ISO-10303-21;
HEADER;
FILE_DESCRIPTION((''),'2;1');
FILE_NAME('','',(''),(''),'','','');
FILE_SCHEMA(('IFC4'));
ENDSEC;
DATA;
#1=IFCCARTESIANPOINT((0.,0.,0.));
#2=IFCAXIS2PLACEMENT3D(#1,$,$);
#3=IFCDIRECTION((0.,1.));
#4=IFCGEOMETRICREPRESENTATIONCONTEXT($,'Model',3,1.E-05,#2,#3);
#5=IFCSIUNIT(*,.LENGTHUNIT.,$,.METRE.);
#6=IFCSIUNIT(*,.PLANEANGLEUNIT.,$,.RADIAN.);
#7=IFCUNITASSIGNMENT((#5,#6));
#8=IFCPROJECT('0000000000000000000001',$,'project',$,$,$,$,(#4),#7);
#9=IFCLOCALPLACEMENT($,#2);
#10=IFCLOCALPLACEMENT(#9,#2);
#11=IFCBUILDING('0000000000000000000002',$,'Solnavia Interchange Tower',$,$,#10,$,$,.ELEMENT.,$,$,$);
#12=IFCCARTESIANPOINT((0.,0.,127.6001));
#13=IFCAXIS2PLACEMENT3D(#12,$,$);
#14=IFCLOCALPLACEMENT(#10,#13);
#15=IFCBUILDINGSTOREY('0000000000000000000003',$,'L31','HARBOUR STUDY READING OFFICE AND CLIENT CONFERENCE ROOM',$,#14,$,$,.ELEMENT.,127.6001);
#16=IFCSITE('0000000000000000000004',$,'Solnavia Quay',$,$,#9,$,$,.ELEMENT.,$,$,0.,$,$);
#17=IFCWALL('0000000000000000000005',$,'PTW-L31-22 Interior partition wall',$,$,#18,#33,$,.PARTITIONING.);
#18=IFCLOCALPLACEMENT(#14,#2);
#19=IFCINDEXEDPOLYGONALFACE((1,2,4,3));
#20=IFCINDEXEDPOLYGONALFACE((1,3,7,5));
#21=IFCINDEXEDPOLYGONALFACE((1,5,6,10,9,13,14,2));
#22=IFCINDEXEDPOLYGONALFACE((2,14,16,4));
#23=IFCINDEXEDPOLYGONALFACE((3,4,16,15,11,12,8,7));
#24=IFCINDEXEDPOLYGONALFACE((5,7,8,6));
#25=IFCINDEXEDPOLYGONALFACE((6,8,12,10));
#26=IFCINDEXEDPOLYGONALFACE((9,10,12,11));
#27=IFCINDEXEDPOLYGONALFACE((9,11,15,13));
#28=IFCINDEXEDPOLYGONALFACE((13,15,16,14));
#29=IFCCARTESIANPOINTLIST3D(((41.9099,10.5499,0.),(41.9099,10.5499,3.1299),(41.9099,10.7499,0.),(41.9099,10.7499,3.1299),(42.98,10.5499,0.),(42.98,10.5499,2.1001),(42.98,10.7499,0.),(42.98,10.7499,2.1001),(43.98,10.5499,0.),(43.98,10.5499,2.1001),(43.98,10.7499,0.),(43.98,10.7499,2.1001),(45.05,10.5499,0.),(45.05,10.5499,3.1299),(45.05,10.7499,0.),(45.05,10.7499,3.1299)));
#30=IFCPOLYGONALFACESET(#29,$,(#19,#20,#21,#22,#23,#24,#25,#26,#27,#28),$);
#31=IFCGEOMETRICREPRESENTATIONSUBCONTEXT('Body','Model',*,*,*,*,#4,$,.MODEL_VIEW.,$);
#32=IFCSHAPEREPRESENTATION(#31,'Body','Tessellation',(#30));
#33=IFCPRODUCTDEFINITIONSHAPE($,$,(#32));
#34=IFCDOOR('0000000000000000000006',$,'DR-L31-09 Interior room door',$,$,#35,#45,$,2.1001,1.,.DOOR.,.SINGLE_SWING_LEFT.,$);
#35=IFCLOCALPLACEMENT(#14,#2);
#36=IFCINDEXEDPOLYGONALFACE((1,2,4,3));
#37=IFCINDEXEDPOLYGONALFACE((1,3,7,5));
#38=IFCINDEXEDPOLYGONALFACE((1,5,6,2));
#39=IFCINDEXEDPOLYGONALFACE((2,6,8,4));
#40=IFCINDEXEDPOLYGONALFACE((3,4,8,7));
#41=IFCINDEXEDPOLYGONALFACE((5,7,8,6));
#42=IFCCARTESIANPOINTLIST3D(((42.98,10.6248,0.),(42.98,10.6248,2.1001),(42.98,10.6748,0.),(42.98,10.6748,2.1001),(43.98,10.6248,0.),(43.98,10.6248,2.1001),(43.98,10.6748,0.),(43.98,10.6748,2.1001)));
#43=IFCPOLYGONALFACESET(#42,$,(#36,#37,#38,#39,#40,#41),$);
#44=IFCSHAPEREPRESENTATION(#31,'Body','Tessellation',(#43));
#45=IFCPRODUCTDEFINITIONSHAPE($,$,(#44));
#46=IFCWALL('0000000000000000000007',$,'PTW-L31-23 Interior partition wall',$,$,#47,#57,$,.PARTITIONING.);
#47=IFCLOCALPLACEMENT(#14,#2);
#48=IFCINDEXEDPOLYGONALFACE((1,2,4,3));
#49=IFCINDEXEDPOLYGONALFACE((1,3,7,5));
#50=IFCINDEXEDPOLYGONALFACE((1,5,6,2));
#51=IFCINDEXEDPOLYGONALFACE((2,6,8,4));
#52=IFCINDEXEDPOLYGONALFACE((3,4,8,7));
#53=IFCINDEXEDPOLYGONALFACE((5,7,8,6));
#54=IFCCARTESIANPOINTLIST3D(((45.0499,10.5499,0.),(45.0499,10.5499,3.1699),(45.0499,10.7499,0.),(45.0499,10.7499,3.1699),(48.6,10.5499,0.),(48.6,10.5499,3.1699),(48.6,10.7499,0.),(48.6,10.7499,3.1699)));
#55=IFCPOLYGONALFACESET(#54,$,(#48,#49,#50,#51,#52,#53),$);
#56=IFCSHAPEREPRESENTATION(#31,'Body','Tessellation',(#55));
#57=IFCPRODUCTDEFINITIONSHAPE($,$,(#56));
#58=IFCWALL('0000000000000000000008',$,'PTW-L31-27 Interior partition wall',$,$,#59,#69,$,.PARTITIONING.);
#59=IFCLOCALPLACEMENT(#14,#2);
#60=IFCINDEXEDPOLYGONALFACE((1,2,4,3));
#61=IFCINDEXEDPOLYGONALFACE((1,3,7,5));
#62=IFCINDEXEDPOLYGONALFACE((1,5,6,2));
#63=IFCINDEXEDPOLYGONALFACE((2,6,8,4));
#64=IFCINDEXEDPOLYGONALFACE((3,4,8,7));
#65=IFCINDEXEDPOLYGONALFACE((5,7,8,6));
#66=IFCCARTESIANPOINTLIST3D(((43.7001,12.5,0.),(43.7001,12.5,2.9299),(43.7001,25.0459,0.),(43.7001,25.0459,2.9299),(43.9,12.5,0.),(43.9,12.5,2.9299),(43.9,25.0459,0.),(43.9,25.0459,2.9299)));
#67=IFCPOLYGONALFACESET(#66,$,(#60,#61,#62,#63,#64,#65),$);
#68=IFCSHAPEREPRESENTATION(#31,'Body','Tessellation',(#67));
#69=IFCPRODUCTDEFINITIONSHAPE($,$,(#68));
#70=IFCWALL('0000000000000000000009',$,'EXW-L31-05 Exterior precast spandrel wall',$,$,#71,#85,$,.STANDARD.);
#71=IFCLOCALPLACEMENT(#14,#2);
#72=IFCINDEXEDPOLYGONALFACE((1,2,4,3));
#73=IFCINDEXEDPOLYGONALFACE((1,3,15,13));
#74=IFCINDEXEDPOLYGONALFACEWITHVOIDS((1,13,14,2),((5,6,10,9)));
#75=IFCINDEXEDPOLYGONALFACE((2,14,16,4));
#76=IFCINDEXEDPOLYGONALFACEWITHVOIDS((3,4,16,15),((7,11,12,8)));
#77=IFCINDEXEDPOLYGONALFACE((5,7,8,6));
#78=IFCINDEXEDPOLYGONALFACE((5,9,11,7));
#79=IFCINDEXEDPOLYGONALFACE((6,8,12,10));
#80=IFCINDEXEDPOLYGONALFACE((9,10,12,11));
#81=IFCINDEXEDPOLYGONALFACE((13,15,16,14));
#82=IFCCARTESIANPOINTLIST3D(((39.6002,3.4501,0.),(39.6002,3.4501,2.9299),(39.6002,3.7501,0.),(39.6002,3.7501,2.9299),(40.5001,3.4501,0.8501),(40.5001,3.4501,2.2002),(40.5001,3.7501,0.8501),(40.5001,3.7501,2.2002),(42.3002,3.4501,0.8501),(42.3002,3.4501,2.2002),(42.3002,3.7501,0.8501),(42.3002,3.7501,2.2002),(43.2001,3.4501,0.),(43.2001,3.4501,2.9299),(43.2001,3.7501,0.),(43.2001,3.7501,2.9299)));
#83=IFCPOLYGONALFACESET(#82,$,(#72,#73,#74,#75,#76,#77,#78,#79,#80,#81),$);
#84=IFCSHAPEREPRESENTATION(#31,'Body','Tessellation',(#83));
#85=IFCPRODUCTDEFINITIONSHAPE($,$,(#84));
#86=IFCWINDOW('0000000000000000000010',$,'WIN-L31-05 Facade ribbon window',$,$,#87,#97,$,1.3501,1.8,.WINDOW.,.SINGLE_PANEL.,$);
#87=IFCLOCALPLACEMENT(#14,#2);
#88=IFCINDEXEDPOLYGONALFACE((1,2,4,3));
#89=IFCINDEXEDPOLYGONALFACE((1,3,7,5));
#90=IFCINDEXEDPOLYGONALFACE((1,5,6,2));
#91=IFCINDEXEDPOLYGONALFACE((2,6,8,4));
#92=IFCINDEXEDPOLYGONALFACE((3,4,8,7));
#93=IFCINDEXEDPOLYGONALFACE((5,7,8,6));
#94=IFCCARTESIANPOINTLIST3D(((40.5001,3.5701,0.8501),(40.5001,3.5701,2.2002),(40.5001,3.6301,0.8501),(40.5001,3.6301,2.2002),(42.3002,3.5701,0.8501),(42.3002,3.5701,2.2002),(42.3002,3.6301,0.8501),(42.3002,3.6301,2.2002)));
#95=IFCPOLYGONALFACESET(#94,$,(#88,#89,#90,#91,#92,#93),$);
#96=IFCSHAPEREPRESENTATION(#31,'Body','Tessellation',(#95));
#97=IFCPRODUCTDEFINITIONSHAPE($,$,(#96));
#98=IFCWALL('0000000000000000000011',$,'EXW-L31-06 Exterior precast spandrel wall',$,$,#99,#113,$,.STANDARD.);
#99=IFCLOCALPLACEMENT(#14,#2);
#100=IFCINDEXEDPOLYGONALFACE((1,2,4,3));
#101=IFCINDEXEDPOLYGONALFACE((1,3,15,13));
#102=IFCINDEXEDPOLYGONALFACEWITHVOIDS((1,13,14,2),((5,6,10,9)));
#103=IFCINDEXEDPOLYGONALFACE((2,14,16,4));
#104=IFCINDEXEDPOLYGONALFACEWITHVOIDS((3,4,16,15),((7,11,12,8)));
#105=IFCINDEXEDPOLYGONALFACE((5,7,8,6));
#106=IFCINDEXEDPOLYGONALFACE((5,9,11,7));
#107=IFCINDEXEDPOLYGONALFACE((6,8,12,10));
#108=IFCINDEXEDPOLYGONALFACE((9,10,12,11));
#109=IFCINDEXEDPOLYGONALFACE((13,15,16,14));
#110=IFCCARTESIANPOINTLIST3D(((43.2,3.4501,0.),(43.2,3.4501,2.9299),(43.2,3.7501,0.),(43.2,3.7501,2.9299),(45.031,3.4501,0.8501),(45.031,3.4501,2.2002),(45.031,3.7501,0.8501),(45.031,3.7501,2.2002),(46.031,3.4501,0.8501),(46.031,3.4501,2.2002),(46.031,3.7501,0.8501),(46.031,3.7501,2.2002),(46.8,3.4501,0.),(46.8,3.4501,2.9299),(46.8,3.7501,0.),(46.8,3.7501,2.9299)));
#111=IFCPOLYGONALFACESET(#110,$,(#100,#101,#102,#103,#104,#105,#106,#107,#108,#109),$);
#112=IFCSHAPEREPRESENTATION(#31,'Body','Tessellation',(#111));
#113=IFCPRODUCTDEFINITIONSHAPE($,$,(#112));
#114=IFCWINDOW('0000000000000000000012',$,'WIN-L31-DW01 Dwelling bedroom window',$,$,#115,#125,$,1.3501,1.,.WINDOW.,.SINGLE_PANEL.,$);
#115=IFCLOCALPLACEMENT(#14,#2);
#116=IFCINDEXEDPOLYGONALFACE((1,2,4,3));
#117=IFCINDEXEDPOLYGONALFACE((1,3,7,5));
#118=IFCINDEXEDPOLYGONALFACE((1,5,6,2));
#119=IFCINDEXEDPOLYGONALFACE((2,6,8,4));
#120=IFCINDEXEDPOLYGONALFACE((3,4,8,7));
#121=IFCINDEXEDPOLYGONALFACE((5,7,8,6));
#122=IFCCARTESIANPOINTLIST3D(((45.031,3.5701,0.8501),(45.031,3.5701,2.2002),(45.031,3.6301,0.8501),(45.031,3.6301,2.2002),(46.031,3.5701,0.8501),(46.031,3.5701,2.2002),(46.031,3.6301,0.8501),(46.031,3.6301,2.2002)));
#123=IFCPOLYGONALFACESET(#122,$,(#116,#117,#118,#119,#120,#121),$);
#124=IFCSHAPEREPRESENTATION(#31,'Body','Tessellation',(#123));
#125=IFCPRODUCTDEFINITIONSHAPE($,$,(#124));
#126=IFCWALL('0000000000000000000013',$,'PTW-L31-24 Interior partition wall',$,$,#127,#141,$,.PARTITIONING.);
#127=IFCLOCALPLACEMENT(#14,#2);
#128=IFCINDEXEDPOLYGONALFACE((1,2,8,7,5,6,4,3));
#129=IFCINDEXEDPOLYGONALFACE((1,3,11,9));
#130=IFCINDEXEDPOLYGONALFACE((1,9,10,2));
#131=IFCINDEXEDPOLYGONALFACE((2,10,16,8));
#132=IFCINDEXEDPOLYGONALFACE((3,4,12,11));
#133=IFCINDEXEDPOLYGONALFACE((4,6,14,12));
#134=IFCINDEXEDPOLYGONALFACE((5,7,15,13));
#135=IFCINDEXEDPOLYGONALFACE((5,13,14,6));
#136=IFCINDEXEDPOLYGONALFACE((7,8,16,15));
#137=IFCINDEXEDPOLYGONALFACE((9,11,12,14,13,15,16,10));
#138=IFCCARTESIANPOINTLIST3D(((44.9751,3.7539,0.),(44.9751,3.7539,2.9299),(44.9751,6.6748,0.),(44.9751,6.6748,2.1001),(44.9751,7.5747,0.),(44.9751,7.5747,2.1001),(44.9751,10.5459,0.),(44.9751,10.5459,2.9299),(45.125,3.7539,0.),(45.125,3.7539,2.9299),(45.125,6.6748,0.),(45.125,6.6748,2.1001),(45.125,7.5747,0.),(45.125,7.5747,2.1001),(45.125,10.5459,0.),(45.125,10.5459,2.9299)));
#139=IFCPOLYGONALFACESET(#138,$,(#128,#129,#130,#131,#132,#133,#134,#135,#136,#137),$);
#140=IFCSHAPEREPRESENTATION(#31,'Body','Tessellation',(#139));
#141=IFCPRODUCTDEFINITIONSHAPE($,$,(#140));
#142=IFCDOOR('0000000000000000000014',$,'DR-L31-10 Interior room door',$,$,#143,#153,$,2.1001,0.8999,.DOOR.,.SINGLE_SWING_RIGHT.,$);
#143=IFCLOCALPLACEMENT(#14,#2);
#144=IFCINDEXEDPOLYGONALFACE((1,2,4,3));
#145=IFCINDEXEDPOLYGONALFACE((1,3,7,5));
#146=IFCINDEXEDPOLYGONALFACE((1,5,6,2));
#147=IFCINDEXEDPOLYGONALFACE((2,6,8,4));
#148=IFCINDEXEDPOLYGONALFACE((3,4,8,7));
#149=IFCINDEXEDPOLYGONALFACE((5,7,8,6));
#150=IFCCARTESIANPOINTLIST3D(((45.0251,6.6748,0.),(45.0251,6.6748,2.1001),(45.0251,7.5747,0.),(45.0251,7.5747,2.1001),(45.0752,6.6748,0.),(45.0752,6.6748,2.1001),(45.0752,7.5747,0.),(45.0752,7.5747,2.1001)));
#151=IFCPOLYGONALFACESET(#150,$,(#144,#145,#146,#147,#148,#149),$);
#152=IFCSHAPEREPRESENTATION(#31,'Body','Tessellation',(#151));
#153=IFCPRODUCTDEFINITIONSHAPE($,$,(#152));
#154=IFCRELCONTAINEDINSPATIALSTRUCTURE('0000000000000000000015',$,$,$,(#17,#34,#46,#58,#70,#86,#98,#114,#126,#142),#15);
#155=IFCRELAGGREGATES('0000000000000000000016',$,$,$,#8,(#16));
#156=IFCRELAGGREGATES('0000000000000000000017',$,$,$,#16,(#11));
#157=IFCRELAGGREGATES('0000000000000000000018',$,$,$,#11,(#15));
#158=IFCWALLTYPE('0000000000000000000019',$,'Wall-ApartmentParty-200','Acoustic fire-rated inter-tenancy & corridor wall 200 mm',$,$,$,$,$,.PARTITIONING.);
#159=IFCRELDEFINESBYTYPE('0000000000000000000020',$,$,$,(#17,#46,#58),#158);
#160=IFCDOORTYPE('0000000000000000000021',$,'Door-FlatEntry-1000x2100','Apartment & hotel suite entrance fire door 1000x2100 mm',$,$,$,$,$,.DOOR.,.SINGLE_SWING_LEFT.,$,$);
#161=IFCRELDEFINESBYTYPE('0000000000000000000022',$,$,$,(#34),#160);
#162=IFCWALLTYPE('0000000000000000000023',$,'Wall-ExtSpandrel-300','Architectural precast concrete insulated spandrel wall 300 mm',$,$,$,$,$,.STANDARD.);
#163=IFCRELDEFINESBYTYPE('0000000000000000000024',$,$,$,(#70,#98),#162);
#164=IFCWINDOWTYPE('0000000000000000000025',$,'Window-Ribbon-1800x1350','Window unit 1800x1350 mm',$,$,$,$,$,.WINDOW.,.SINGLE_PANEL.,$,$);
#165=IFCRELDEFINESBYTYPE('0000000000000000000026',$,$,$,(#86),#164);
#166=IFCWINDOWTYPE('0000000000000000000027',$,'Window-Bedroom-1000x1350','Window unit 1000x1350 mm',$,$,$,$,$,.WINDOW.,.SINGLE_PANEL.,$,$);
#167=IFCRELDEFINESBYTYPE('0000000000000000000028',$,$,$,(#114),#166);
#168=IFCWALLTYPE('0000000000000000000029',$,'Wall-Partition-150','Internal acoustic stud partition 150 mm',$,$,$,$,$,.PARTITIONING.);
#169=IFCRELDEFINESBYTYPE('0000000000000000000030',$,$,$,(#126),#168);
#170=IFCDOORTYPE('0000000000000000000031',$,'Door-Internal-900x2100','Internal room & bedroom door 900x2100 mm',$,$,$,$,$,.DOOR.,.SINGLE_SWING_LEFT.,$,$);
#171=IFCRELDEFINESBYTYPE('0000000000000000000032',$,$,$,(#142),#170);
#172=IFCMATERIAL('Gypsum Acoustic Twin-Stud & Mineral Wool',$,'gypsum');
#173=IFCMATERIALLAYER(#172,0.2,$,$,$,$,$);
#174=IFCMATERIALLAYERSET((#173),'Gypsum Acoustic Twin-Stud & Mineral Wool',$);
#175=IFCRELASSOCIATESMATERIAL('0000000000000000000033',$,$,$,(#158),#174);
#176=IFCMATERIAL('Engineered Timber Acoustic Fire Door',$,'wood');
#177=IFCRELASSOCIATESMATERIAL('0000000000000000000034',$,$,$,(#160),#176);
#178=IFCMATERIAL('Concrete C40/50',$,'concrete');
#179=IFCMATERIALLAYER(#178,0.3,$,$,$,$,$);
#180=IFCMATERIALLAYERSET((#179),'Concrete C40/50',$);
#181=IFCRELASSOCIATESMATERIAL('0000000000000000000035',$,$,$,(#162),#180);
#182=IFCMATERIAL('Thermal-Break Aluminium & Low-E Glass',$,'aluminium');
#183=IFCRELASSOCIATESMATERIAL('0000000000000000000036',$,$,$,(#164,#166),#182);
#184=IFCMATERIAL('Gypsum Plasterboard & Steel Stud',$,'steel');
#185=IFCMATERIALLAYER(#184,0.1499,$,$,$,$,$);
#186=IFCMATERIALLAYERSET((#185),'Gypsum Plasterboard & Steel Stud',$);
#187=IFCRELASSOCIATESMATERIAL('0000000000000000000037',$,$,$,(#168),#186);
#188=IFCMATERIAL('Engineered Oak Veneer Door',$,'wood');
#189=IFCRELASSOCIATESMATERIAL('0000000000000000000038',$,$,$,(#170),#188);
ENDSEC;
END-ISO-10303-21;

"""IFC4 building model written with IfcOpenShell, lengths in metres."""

from ifc_helpers import new_model, si_unit, direction, frame, frame_2d, origin, place, context, subcontext, project, spatial, rectangle, extrude, material, layer, layer_set, type_object, element, fill, save


model = new_model("IFC4")

# Units and contexts
model_context = context("Model", 3, precision=1e-05, world=origin(), true_north=direction((0.0, 1.0)))
body_context = subcontext(model_context, "Body", "Model", "MODEL_VIEW")
ifc_project = project(units=[si_unit("LENGTHUNIT", "METRE"), si_unit("PLANEANGLEUNIT", "RADIAN")], contexts=[model_context])

# Site, building, storey
site_placement = place(None, origin())
site = spatial("IfcSite", under=ifc_project, at=site_placement, Name="Solnavia Quay", CompositionType="ELEMENT", RefElevation=0.0)
building_placement = place(site_placement, origin())
building = spatial("IfcBuilding", under=site, at=building_placement, Name="Solnavia Interchange Tower", CompositionType="ELEMENT")
storey_placement = place(building_placement, frame((0.0, 0.0, 127.6001)))
storey = spatial("IfcBuildingStorey", under=building, at=storey_placement, Name="L31", Description="HARBOUR STUDY READING OFFICE AND CLIENT CONFERENCE ROOM", CompositionType="ELEMENT", Elevation=127.6001)

# Shared definitions
ifc_material_1 = material(Name="Gypsum Acoustic Twin-Stud & Mineral Wool", Category="gypsum")
ifc_layer_1 = layer(ifc_material_1, 0.2)
ifc_layer_set_1 = layer_set([ifc_layer_1], Name="Gypsum Acoustic Twin-Stud & Mineral Wool")
wall_type_1 = type_object("IfcWallType", Name="Wall-ApartmentParty-200", Description="Acoustic fire-rated inter-tenancy & corridor wall 200 mm", PredefinedType="PARTITIONING", material=ifc_layer_set_1)

# Wall, opening, door
wall_1_placement = place(storey_placement, frame((41.9099, 10.6499, 0.0), z_axis=(0.0, 0.0, 1.0), x_axis=(1.0, 0.0, 0.0)))
wall_1 = element("IfcWall", 1, at=wall_1_placement, inside=storey, type_object=wall_type_1, Name="PTW-L31-22 Interior partition wall", PredefinedType="PARTITIONING", context=body_context, shape_type="SweptSolid", body=[
    extrude(rectangle(XDim=3.1401, YDim=0.2, at=frame_2d((1.5701, 0.0))), origin(), (0.0, 0.0, 1.0), 3.1299),
])
opening_1_placement = place(wall_1_placement, frame((1.0701, 0.0, 0.0)))
opening_1 = element("IfcOpeningElement", 2, at=opening_1_placement, cuts=wall_1, PredefinedType="OPENING", context=body_context, shape_type="SweptSolid", body=[
    extrude(rectangle(XDim=1.0, YDim=2.1001, at=frame_2d((0.5, 1.05))), frame((0.0, 0.1099, 0.0), z_axis=(0.0, -1.0, 0.0), x_axis=(1.0, 0.0, 0.0)), (0.0, 0.0, 1.0), 0.22),
])
ifc_material_2 = material(Name="Engineered Timber Acoustic Fire Door", Category="wood")
door_type_1 = type_object("IfcDoorType", Name="Door-FlatEntry-1000x2100", Description="Apartment & hotel suite entrance fire door 1000x2100 mm", OperationType="SINGLE_SWING_LEFT", PredefinedType="DOOR", material=ifc_material_2)
door_1_placement = place(opening_1_placement, origin())
door_1 = element("IfcDoor", 3, at=door_1_placement, inside=storey, type_object=door_type_1, Name="DR-L31-09 Interior room door", OperationType="SINGLE_SWING_LEFT", OverallHeight=2.1001, OverallWidth=1.0, PredefinedType="DOOR", context=body_context, shape_type="SweptSolid", body=[
    extrude(rectangle(XDim=1.0, YDim=2.1001, at=frame_2d((0.5, 1.05))), frame((0.0, 0.0249, 0.0), z_axis=(0.0, -1.0, 0.0), x_axis=(1.0, 0.0, 0.0)), (0.0, 0.0, 1.0), 0.05),
])
fill(opening_1, door_1)

# Walls
wall_2_placement = place(storey_placement, frame((45.05, 10.6499, 0.0), z_axis=(0.0, 0.0, 1.0), x_axis=(1.0, 0.0, 0.0)))
element("IfcWall", 4, at=wall_2_placement, inside=storey, type_object=wall_type_1, Name="PTW-L31-23 Interior partition wall", PredefinedType="PARTITIONING", context=body_context, shape_type="SweptSolid", body=[
    extrude(rectangle(XDim=3.55, YDim=0.2, at=frame_2d((1.7749, 0.0))), origin(), (0.0, 0.0, 1.0), 3.1699),
])
wall_3_placement = place(storey_placement, frame((43.8, 12.5, 0.0), z_axis=(0.0, 0.0, 1.0), x_axis=(0.0, 1.0, 0.0)))
element("IfcWall", 5, at=wall_3_placement, inside=storey, type_object=wall_type_1, Name="PTW-L31-27 Interior partition wall", PredefinedType="PARTITIONING", context=body_context, shape_type="SweptSolid", body=[
    extrude(rectangle(XDim=12.5459, YDim=0.2, at=frame_2d((6.2729, 0.0))), origin(), (0.0, 0.0, 1.0), 2.9299),
])

# Walls, openings, windows
ifc_material_3 = material(Name="Concrete C40/50", Category="concrete")
ifc_layer_2 = layer(ifc_material_3, 0.3)
ifc_layer_set_2 = layer_set([ifc_layer_2], Name="Concrete C40/50")
wall_type_2 = type_object("IfcWallType", Name="Wall-ExtSpandrel-300", Description="Architectural precast concrete insulated spandrel wall 300 mm", PredefinedType="STANDARD", material=ifc_layer_set_2)
wall_4_placement = place(storey_placement, frame((43.2, 3.6001, 0.0), z_axis=(0.0, 0.0, 1.0), x_axis=(-1.0, 0.0, 0.0)))
wall_4 = element("IfcWall", 6, at=wall_4_placement, inside=storey, type_object=wall_type_2, Name="EXW-L31-05 Exterior precast spandrel wall", PredefinedType="STANDARD", context=body_context, shape_type="SweptSolid", body=[
    extrude(rectangle(XDim=3.5999, YDim=0.3, at=frame_2d((1.7998, 0.0))), origin(), (0.0, 0.0, 1.0), 2.9299),
])
opening_2_placement = place(wall_4_placement, frame((0.8999, 0.0, 0.8501)))
opening_2 = element("IfcOpeningElement", 7, at=opening_2_placement, cuts=wall_4, PredefinedType="OPENING", context=body_context, shape_type="SweptSolid", body=[
    extrude(rectangle(XDim=1.8, YDim=1.3501, at=frame_2d((0.8999, 0.675))), frame((0.0, 0.1602, 0.0), z_axis=(0.0, -1.0, 0.0), x_axis=(1.0, 0.0, 0.0)), (0.0, 0.0, 1.0), 0.3201),
])
ifc_material_4 = material(Name="Thermal-Break Aluminium & Low-E Glass", Category="aluminium")
window_type_1 = type_object("IfcWindowType", Name="Window-Ribbon-1800x1350", Description="Window unit 1800x1350 mm", PartitioningType="SINGLE_PANEL", PredefinedType="WINDOW", material=ifc_material_4)
window_1_placement = place(opening_2_placement, origin())
window_1 = element("IfcWindow", 8, at=window_1_placement, inside=storey, type_object=window_type_1, Name="WIN-L31-05 Facade ribbon window", OverallHeight=1.3501, OverallWidth=1.8, PartitioningType="SINGLE_PANEL", PredefinedType="WINDOW", context=body_context, shape_type="SweptSolid", body=[
    extrude(rectangle(XDim=1.8, YDim=1.3501, at=frame_2d((0.8999, 0.675))), frame((0.0, 0.03, 0.0), z_axis=(0.0, -1.0, 0.0), x_axis=(1.0, 0.0, 0.0)), (0.0, 0.0, 1.0), 0.0601),
])
fill(opening_2, window_1)
wall_5_placement = place(storey_placement, frame((46.8, 3.6001, 0.0), z_axis=(0.0, 0.0, 1.0), x_axis=(-1.0, 0.0, 0.0)))
wall_5 = element("IfcWall", 9, at=wall_5_placement, inside=storey, type_object=wall_type_2, Name="EXW-L31-06 Exterior precast spandrel wall", PredefinedType="STANDARD", context=body_context, shape_type="SweptSolid", body=[
    extrude(rectangle(XDim=3.6001, YDim=0.3, at=frame_2d((1.8, 0.0))), origin(), (0.0, 0.0, 1.0), 2.9299),
])
opening_3_placement = place(wall_5_placement, frame((0.769, 0.0, 0.8501)))
opening_3 = element("IfcOpeningElement", 10, at=opening_3_placement, cuts=wall_5, PredefinedType="OPENING", context=body_context, shape_type="SweptSolid", body=[
    extrude(rectangle(XDim=1.0, YDim=1.3501, at=frame_2d((0.5, 0.675))), frame((0.0, 0.1602, 0.0), z_axis=(0.0, -1.0, 0.0), x_axis=(1.0, 0.0, 0.0)), (0.0, 0.0, 1.0), 0.3201),
])
window_type_2 = type_object("IfcWindowType", Name="Window-Bedroom-1000x1350", Description="Window unit 1000x1350 mm", PartitioningType="SINGLE_PANEL", PredefinedType="WINDOW", material=ifc_material_4)
window_2_placement = place(opening_3_placement, origin())
window_2 = element("IfcWindow", 11, at=window_2_placement, inside=storey, type_object=window_type_2, Name="WIN-L31-DW01 Dwelling bedroom window", OverallHeight=1.3501, OverallWidth=1.0, PartitioningType="SINGLE_PANEL", PredefinedType="WINDOW", context=body_context, shape_type="SweptSolid", body=[
    extrude(rectangle(XDim=1.0, YDim=1.3501, at=frame_2d((0.5, 0.675))), frame((0.0, 0.03, 0.0), z_axis=(0.0, -1.0, 0.0), x_axis=(1.0, 0.0, 0.0)), (0.0, 0.0, 1.0), 0.0601),
])
fill(opening_3, window_2)

# Wall, opening, door
ifc_material_5 = material(Name="Gypsum Plasterboard & Steel Stud", Category="steel")
ifc_layer_3 = layer(ifc_material_5, 0.1499)
ifc_layer_set_3 = layer_set([ifc_layer_3], Name="Gypsum Plasterboard & Steel Stud")
wall_type_3 = type_object("IfcWallType", Name="Wall-Partition-150", Description="Internal acoustic stud partition 150 mm", PredefinedType="PARTITIONING", material=ifc_layer_set_3)
wall_6_placement = place(storey_placement, frame((45.05, 3.7539, 0.0), z_axis=(0.0, 0.0, 1.0), x_axis=(0.0, 1.0, 0.0)))
wall_6 = element("IfcWall", 12, at=wall_6_placement, inside=storey, type_object=wall_type_3, Name="PTW-L31-24 Interior partition wall", PredefinedType="PARTITIONING", context=body_context, shape_type="SweptSolid", body=[
    extrude(rectangle(XDim=6.792, YDim=0.1499, at=frame_2d((3.396, 0.0))), origin(), (0.0, 0.0, 1.0), 2.9299),
])
opening_4_placement = place(wall_6_placement, frame((2.9209, 0.0, 0.0)))
opening_4 = element("IfcOpeningElement", 13, at=opening_4_placement, cuts=wall_6, PredefinedType="OPENING", context=body_context, shape_type="SweptSolid", body=[
    extrude(rectangle(XDim=0.8999, YDim=2.1001, at=frame_2d((0.45, 1.05))), frame((0.0, 0.085, 0.0), z_axis=(0.0, -1.0, 0.0), x_axis=(1.0, 0.0, 0.0)), (0.0, 0.0, 1.0), 0.1699),
])
ifc_material_6 = material(Name="Engineered Oak Veneer Door", Category="wood")
door_type_2 = type_object("IfcDoorType", Name="Door-Internal-900x2100", Description="Internal room & bedroom door 900x2100 mm", OperationType="SINGLE_SWING_LEFT", PredefinedType="DOOR", material=ifc_material_6)
door_2_placement = place(opening_4_placement, origin())
door_2 = element("IfcDoor", 14, at=door_2_placement, inside=storey, type_object=door_type_2, Name="DR-L31-10 Interior room door", OperationType="SINGLE_SWING_RIGHT", OverallHeight=2.1001, OverallWidth=0.8999, PredefinedType="DOOR", context=body_context, shape_type="SweptSolid", body=[
    extrude(rectangle(XDim=0.8999, YDim=2.1001, at=frame_2d((0.45, 1.05))), frame((0.0, 0.0249, 0.0), z_axis=(0.0, -1.0, 0.0), x_axis=(1.0, 0.0, 0.0)), (0.0, 0.0, 1.0), 0.05),
])
fill(opening_4, door_2)

save(model, "model.ifc")
